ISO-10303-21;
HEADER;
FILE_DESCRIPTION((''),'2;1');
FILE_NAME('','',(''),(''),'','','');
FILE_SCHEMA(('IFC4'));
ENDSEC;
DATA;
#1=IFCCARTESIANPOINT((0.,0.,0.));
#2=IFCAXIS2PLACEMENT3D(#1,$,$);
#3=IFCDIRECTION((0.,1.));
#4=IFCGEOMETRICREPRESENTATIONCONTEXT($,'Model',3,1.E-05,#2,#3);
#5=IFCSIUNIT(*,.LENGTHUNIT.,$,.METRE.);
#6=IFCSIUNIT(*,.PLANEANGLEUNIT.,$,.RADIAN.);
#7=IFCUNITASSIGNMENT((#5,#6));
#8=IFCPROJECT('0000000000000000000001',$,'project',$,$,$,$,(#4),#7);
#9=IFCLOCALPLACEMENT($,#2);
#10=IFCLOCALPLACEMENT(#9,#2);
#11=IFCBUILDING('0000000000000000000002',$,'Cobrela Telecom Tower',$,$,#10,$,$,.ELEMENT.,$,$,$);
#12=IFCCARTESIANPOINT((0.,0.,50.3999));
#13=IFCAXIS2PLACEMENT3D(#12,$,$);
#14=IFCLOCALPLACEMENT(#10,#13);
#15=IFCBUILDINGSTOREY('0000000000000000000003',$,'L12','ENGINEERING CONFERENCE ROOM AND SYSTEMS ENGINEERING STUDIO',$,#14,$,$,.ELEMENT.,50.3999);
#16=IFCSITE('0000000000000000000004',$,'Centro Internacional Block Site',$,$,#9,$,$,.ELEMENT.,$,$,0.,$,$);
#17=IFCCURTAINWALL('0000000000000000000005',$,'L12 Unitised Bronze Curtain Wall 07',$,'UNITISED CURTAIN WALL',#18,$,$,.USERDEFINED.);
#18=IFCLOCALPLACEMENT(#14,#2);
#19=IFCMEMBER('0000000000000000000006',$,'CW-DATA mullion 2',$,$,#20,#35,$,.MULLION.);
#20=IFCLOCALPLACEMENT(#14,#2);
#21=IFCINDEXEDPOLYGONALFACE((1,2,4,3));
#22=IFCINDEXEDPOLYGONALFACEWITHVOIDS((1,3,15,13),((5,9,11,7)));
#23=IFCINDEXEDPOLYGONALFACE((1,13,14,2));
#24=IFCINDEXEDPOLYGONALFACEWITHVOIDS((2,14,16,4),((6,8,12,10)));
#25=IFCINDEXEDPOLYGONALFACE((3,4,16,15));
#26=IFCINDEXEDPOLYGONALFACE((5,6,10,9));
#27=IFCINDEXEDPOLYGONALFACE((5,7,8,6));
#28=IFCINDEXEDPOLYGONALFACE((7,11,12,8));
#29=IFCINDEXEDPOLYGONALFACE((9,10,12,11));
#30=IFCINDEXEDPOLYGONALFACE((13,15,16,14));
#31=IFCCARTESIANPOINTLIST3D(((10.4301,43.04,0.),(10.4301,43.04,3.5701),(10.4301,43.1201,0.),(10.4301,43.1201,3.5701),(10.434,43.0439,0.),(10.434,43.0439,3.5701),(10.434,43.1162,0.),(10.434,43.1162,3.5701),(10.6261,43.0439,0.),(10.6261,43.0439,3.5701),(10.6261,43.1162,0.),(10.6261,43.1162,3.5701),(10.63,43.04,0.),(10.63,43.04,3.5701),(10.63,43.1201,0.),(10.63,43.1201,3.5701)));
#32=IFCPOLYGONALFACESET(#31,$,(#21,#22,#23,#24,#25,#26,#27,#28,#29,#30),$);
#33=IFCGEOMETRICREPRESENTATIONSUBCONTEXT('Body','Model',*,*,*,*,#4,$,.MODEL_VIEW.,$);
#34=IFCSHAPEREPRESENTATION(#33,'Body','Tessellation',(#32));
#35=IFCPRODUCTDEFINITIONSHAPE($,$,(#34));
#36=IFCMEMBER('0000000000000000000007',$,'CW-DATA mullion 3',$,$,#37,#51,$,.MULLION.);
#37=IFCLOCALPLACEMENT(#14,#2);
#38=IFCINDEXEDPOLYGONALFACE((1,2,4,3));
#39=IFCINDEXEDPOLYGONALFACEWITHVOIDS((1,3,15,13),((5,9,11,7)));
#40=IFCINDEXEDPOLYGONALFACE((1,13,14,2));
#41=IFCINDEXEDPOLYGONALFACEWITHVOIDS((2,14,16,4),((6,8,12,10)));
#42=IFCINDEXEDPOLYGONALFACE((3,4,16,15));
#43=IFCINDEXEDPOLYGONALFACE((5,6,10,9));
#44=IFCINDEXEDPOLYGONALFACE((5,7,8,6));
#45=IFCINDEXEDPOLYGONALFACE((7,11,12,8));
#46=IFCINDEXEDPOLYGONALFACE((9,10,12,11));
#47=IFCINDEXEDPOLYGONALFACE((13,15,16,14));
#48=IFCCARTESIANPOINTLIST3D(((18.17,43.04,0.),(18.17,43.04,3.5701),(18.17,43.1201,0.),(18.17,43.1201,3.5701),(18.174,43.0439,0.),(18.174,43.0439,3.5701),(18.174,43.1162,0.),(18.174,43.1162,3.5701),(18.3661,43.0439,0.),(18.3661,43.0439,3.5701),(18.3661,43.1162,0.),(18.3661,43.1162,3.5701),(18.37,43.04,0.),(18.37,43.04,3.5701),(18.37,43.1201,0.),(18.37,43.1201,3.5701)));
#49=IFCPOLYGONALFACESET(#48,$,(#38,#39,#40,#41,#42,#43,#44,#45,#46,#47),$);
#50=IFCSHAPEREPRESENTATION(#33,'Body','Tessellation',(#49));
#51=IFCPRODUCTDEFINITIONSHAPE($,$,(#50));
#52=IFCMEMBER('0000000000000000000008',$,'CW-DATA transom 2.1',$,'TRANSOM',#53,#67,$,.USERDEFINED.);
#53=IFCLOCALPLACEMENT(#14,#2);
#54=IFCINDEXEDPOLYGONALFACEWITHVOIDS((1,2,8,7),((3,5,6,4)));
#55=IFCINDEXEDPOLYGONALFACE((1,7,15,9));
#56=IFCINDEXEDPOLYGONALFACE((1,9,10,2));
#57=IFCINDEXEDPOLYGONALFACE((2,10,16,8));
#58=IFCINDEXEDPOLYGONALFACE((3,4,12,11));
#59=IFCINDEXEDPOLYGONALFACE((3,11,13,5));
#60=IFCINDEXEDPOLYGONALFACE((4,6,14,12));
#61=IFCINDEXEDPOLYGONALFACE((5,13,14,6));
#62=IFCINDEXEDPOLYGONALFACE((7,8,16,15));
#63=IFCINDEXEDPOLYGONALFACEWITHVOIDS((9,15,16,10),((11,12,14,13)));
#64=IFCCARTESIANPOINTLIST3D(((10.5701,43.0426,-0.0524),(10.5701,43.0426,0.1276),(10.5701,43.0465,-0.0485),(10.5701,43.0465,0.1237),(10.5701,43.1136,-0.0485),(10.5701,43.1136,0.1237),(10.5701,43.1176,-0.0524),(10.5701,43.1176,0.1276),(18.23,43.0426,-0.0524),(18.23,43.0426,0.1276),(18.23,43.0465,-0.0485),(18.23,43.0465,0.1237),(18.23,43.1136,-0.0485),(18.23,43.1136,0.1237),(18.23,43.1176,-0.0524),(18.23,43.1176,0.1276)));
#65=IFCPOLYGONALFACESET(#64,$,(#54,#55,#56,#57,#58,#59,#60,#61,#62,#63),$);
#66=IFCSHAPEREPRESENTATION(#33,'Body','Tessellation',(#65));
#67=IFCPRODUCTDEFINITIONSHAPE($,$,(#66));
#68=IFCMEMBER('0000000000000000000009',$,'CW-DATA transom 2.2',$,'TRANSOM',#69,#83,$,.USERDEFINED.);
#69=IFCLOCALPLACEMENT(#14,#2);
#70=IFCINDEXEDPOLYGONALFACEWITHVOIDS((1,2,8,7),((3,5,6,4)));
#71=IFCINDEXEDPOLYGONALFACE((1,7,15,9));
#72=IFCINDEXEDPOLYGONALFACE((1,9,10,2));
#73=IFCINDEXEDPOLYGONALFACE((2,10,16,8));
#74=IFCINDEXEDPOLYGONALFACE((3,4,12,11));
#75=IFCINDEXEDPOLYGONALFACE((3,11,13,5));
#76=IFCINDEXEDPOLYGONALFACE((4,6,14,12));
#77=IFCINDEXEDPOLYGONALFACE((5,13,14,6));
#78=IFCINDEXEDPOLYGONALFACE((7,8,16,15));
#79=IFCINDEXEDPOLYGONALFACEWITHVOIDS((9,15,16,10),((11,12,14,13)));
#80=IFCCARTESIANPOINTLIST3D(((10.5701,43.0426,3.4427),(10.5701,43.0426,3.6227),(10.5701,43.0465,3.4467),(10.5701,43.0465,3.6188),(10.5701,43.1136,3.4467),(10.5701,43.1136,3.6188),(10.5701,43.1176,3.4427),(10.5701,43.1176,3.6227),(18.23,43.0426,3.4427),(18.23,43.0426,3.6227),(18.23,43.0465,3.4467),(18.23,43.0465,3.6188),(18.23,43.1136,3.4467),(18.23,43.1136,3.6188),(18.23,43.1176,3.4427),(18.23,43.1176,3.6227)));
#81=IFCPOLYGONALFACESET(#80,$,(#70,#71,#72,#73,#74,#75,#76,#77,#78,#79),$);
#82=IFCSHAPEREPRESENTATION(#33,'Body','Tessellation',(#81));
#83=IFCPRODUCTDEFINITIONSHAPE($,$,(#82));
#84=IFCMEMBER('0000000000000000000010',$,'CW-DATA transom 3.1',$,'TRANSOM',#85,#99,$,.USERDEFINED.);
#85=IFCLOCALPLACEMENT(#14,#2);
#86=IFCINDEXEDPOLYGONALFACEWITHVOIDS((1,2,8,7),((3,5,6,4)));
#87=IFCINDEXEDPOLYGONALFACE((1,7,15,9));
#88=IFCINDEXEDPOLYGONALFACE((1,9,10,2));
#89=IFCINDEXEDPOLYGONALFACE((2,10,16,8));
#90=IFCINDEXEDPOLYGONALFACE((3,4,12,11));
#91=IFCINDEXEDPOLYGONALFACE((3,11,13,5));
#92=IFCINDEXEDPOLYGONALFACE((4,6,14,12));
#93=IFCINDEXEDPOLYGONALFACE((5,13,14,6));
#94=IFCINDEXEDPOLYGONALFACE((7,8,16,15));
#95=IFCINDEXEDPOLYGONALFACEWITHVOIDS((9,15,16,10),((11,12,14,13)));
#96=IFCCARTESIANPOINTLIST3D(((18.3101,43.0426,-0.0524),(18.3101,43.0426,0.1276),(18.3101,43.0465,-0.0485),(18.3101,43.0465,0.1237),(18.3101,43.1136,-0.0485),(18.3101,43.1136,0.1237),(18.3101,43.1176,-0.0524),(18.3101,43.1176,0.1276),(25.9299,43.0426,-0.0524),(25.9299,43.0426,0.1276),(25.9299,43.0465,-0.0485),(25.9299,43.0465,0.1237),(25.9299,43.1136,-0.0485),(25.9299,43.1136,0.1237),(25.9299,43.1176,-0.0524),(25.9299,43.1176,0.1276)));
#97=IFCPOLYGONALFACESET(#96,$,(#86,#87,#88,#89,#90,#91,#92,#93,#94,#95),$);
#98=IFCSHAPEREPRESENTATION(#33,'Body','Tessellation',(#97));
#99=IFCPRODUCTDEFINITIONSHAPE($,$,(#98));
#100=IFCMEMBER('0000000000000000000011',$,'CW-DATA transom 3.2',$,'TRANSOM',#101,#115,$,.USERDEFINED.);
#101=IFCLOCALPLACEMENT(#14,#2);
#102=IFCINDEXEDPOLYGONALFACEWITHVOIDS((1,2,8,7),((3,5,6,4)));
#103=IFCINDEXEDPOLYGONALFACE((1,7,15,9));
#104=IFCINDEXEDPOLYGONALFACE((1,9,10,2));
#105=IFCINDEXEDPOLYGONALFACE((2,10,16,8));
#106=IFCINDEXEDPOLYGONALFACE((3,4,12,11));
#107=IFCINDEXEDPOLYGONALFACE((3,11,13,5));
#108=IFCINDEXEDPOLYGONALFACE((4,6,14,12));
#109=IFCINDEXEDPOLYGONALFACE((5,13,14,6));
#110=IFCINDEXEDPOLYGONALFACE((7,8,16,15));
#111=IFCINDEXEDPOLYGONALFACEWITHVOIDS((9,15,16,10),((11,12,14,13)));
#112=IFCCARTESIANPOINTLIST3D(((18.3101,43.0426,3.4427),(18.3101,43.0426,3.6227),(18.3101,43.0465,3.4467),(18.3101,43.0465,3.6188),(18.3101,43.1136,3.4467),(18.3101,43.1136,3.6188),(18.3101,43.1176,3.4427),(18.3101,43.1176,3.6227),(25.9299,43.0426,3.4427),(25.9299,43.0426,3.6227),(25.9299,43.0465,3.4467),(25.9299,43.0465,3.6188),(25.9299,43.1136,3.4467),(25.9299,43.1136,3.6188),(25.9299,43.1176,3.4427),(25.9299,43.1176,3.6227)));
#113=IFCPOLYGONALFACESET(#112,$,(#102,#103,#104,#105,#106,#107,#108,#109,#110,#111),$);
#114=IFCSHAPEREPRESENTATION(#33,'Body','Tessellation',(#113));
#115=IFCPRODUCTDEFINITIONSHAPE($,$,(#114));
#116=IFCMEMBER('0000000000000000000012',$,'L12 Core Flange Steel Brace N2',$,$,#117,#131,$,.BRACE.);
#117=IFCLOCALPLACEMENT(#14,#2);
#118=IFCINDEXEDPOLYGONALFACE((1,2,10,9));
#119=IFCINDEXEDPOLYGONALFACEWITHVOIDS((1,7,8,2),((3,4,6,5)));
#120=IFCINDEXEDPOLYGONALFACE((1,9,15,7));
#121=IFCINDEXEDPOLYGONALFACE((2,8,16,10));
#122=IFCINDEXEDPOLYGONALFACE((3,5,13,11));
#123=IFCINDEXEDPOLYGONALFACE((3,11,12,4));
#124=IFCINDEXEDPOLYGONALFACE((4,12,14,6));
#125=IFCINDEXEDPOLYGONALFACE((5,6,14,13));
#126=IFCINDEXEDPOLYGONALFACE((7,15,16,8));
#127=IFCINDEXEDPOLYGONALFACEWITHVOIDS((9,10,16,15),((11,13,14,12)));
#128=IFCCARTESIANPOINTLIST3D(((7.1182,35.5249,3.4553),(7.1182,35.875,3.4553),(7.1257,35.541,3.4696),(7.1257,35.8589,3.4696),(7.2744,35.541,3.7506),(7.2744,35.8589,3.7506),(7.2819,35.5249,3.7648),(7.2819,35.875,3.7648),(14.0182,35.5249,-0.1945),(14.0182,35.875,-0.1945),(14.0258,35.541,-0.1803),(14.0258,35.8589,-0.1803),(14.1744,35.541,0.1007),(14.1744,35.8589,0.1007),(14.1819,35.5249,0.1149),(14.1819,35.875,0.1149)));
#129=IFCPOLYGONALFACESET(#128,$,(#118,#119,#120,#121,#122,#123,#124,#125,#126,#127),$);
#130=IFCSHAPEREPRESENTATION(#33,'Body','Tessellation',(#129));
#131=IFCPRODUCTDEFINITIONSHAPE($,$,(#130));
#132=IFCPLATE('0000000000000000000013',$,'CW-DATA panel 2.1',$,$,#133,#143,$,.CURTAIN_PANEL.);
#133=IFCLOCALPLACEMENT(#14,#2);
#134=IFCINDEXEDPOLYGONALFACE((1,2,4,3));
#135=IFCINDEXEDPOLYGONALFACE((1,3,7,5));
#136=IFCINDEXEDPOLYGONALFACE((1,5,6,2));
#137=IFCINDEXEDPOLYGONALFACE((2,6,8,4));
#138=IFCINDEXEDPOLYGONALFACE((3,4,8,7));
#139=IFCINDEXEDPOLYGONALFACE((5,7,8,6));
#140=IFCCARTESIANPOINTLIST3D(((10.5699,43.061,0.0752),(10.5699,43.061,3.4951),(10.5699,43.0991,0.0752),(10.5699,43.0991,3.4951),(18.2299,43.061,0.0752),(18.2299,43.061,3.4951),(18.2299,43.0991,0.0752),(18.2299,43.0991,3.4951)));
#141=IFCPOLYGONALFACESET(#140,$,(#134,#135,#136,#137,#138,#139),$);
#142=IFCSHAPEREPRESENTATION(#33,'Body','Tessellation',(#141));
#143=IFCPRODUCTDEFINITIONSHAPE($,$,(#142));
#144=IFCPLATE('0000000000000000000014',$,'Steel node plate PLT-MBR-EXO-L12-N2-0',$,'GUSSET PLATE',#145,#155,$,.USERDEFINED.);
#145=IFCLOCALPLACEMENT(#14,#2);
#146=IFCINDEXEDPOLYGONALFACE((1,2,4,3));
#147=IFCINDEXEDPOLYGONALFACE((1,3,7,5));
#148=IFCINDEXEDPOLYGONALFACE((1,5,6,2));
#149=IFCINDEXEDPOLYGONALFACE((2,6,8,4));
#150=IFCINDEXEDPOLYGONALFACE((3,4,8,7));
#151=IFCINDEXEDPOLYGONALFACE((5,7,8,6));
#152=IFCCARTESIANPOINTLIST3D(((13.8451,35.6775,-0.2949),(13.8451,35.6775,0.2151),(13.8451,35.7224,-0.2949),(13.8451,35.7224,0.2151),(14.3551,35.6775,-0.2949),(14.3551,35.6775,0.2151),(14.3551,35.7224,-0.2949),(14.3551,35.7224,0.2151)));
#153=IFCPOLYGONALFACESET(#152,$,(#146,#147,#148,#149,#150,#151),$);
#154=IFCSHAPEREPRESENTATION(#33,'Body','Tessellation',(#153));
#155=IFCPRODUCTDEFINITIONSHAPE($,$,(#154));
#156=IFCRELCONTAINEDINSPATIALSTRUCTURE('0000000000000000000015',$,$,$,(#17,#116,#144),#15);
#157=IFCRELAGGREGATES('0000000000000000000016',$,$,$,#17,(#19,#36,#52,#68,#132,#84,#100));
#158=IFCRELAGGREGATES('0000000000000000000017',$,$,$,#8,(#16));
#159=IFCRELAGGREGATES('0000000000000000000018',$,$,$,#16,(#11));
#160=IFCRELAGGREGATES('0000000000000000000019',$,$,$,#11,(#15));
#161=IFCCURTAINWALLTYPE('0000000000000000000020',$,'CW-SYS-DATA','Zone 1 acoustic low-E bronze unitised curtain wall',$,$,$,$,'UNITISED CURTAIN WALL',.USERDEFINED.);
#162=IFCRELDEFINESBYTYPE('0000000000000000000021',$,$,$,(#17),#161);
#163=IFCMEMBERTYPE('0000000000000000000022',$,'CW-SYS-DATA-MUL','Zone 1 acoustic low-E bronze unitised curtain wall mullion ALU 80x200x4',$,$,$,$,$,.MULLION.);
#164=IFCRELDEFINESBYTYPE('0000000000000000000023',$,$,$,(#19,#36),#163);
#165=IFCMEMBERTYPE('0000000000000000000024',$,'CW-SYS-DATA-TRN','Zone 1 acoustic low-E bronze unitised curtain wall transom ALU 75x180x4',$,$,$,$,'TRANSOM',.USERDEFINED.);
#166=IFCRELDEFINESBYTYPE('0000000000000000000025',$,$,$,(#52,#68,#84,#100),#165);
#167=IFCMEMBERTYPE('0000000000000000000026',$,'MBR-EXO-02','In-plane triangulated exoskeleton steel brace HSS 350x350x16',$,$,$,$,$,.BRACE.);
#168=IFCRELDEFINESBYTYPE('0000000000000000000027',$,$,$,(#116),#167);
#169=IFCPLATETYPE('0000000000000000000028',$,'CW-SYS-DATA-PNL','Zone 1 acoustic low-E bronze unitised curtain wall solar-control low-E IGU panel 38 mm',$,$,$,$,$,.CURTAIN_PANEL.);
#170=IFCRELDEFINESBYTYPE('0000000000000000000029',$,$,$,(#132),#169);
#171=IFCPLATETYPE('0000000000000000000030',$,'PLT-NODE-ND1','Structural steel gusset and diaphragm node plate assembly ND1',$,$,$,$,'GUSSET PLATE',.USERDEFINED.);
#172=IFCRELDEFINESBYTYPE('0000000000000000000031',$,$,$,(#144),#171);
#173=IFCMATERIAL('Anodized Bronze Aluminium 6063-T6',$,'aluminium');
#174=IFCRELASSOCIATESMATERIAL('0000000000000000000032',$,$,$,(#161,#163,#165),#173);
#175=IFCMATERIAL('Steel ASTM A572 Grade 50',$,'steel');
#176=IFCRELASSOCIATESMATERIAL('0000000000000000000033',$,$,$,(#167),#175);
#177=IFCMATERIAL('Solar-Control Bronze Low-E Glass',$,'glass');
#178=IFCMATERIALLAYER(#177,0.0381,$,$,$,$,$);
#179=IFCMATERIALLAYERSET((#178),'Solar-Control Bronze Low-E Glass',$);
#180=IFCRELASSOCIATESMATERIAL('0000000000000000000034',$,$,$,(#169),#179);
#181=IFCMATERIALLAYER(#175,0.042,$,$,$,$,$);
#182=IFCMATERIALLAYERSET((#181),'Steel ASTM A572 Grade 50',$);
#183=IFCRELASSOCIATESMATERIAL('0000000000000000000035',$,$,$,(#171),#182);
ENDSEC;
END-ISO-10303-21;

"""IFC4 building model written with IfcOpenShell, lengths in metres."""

from ifc_helpers import new_model, si_unit, direction, frame, origin, origin_2d, place, context, subcontext, project, spatial, rectangle, hollow_rectangle, extrude, material, layer, layer_set, material_profile, profile_set, type_object, element, aggregate, save


model = new_model("IFC4")

# Units and contexts
model_context = context("Model", 3, precision=1e-05, world=origin(), true_north=direction((0.0, 1.0)))
body_context = subcontext(model_context, "Body", "Model", "MODEL_VIEW")
ifc_project = project(units=[si_unit("LENGTHUNIT", "METRE"), si_unit("PLANEANGLEUNIT", "RADIAN")], contexts=[model_context])

# Site, building, storey
site_placement = place(None, origin())
site = spatial("IfcSite", under=ifc_project, at=site_placement, Name="Centro Internacional Block Site", CompositionType="ELEMENT", RefElevation=0.0)
building_placement = place(site_placement, origin())
building = spatial("IfcBuilding", under=site, at=building_placement, Name="Cobrela Telecom Tower", CompositionType="ELEMENT")
storey_placement = place(building_placement, frame((0.0, 0.0, 50.3999)))
storey = spatial("IfcBuildingStorey", under=building, at=storey_placement, Name="L12", Description="ENGINEERING CONFERENCE ROOM AND SYSTEMS ENGINEERING STUDIO", CompositionType="ELEMENT", Elevation=50.3999)

# Shared definitions
ifc_material_1 = material(Name="Steel ASTM A572 Grade 50", Category="steel")

# Curtain wall, members
ifc_material_2 = material(Name="Anodized Bronze Aluminium 6063-T6", Category="aluminium")
curtain_wall_type = type_object("IfcCurtainWallType", Name="CW-SYS-DATA", Description="Zone 1 acoustic low-E bronze unitised curtain wall", ElementType="UNITISED CURTAIN WALL", PredefinedType="USERDEFINED", material=ifc_material_2)
curtain_wall_placement = place(storey_placement, origin())
curtain_wall = element("IfcCurtainWall", 1, at=curtain_wall_placement, inside=storey, type_object=curtain_wall_type, Name="L12 Unitised Bronze Curtain Wall 07", ObjectType="UNITISED CURTAIN WALL", PredefinedType="USERDEFINED")
ifc_material_profile_1 = material_profile(ifc_material_2, hollow_rectangle(XDim=0.0801, YDim=0.2, WallThickness=0.0039, at=origin_2d()), Name="ALU 80x200x4")
ifc_profile_set_1 = profile_set([ifc_material_profile_1], Name="Anodized Bronze Aluminium 6063-T6")
member_type_1 = type_object("IfcMemberType", Name="CW-SYS-DATA-MUL", Description="Zone 1 acoustic low-E bronze unitised curtain wall mullion ALU 80x200x4", PredefinedType="MULLION", material=ifc_profile_set_1)
member_1_placement = place(storey_placement, frame((10.53, 43.0801, 0.0), z_axis=(0.0, 0.0, 1.0), x_axis=(0.0, 1.0, 0.0)))
member_1 = element("IfcMember", 2, at=member_1_placement, type_object=member_type_1, Name="CW-DATA mullion 2", PredefinedType="MULLION", context=body_context, shape_type="SweptSolid", body=[
    extrude(hollow_rectangle(XDim=0.0801, YDim=0.2, WallThickness=0.0039, at=origin_2d()), origin(), (0.0, 0.0, 1.0), 3.5701),
])
member_2_placement = place(storey_placement, frame((18.27, 43.0801, 0.0), z_axis=(0.0, 0.0, 1.0), x_axis=(0.0, 1.0, 0.0)))
member_2 = element("IfcMember", 3, at=member_2_placement, type_object=member_type_1, Name="CW-DATA mullion 3", PredefinedType="MULLION", context=body_context, shape_type="SweptSolid", body=[
    extrude(hollow_rectangle(XDim=0.0801, YDim=0.2, WallThickness=0.0039, at=origin_2d()), origin(), (0.0, 0.0, 1.0), 3.5701),
])
ifc_material_profile_2 = material_profile(ifc_material_2, hollow_rectangle(XDim=0.075, YDim=0.1799, WallThickness=0.0039, at=origin_2d()), Name="ALU 75x180x4")
ifc_profile_set_2 = profile_set([ifc_material_profile_2], Name="Anodized Bronze Aluminium 6063-T6")
member_type_2 = type_object("IfcMemberType", Name="CW-SYS-DATA-TRN", Description="Zone 1 acoustic low-E bronze unitised curtain wall transom ALU 75x180x4", ElementType="TRANSOM", PredefinedType="USERDEFINED", material=ifc_profile_set_2)
member_3_placement = place(storey_placement, frame((10.5701, 43.0801, 0.0376), z_axis=(1.0, 0.0, 0.0), x_axis=(0.0, 1.0, 0.0)))
member_3 = element("IfcMember", 4, at=member_3_placement, type_object=member_type_2, Name="CW-DATA transom 2.1", ObjectType="TRANSOM", PredefinedType="USERDEFINED", context=body_context, shape_type="SweptSolid", body=[
    extrude(hollow_rectangle(XDim=0.075, YDim=0.1799, WallThickness=0.0039, at=origin_2d()), origin(), (0.0, 0.0, 1.0), 7.6599),
])
member_4_placement = place(storey_placement, frame((10.5701, 43.0801, 3.5327), z_axis=(1.0, 0.0, 0.0), x_axis=(0.0, 1.0, 0.0)))
member_4 = element("IfcMember", 5, at=member_4_placement, type_object=member_type_2, Name="CW-DATA transom 2.2", ObjectType="TRANSOM", PredefinedType="USERDEFINED", context=body_context, shape_type="SweptSolid", body=[
    extrude(hollow_rectangle(XDim=0.075, YDim=0.1799, WallThickness=0.0039, at=origin_2d()), origin(), (0.0, 0.0, 1.0), 7.6599),
])
member_5_placement = place(storey_placement, frame((18.3101, 43.0801, 0.0376), z_axis=(1.0, 0.0, 0.0), x_axis=(0.0, 1.0, 0.0)))
member_5 = element("IfcMember", 6, at=member_5_placement, type_object=member_type_2, Name="CW-DATA transom 3.1", ObjectType="TRANSOM", PredefinedType="USERDEFINED", context=body_context, shape_type="SweptSolid", body=[
    extrude(hollow_rectangle(XDim=0.075, YDim=0.1799, WallThickness=0.0039, at=origin_2d()), origin(), (0.0, 0.0, 1.0), 7.6199),
])
member_6_placement = place(storey_placement, frame((18.3101, 43.0801, 3.5327), z_axis=(1.0, 0.0, 0.0), x_axis=(0.0, 1.0, 0.0)))
member_6 = element("IfcMember", 7, at=member_6_placement, type_object=member_type_2, Name="CW-DATA transom 3.2", ObjectType="TRANSOM", PredefinedType="USERDEFINED", context=body_context, shape_type="SweptSolid", body=[
    extrude(hollow_rectangle(XDim=0.075, YDim=0.1799, WallThickness=0.0039, at=origin_2d()), origin(), (0.0, 0.0, 1.0), 7.6199),
])

# Member
ifc_material_profile_3 = material_profile(ifc_material_1, hollow_rectangle(XDim=0.3501, YDim=0.3501, WallThickness=0.0161, at=origin_2d()), Name="HSS 350x350x16")
ifc_profile_set_3 = profile_set([ifc_material_profile_3], Name="Steel ASTM A572 Grade 50")
member_type_3 = type_object("IfcMemberType", Name="MBR-EXO-02", Description="In-plane triangulated exoskeleton steel brace HSS 350x350x16", PredefinedType="BRACE", material=ifc_profile_set_3)
member_7_placement = place(storey_placement, frame((14.1001, 35.7, -0.0398), z_axis=(-0.883953, 0.0, 0.467576), x_axis=(0.0, -1.0, 0.0)))
element("IfcMember", 8, at=member_7_placement, inside=storey, type_object=member_type_3, Name="L12 Core Flange Steel Brace N2", PredefinedType="BRACE", context=body_context, shape_type="SweptSolid", body=[
    extrude(hollow_rectangle(XDim=0.3501, YDim=0.3501, WallThickness=0.0161, at=origin_2d()), origin(), (0.0, 0.0, 1.0), 7.8059),
])

# Plates
ifc_material_3 = material(Name="Solar-Control Bronze Low-E Glass", Category="glass")
ifc_layer_1 = layer(ifc_material_3, 0.0381)
ifc_layer_set_1 = layer_set([ifc_layer_1], Name="Solar-Control Bronze Low-E Glass")
plate_type_1 = type_object("IfcPlateType", Name="CW-SYS-DATA-PNL", Description="Zone 1 acoustic low-E bronze unitised curtain wall solar-control low-E IGU panel 38 mm", PredefinedType="CURTAIN_PANEL", material=ifc_layer_set_1)
plate_1_placement = place(storey_placement, frame((14.3999, 43.0801, 0.0752), z_axis=(0.0, 0.0, 1.0), x_axis=(1.0, 0.0, 0.0)))
plate_1 = element("IfcPlate", 9, at=plate_1_placement, type_object=plate_type_1, Name="CW-DATA panel 2.1", PredefinedType="CURTAIN_PANEL", context=body_context, shape_type="SweptSolid", body=[
    extrude(rectangle(XDim=7.6599, YDim=0.0381, at=origin_2d()), origin(), (0.0, 0.0, 1.0), 3.4199),
])
aggregate(curtain_wall, [member_1, member_2, member_3, member_4, plate_1, member_5, member_6])
ifc_layer_2 = layer(ifc_material_1, 0.042)
ifc_layer_set_2 = layer_set([ifc_layer_2], Name="Steel ASTM A572 Grade 50")
plate_type_2 = type_object("IfcPlateType", Name="PLT-NODE-ND1", Description="Structural steel gusset and diaphragm node plate assembly ND1", ElementType="GUSSET PLATE", PredefinedType="USERDEFINED", material=ifc_layer_set_2)
plate_2_placement = place(storey_placement, frame((14.1001, 35.7, -0.2949), z_axis=(0.0, 0.0, 1.0), x_axis=(-1.0, 0.0, 0.0)))
element("IfcPlate", 10, at=plate_2_placement, inside=storey, type_object=plate_type_2, Name="Steel node plate PLT-MBR-EXO-L12-N2-0", ObjectType="GUSSET PLATE", PredefinedType="USERDEFINED", context=body_context, shape_type="SweptSolid", body=[
    extrude(rectangle(XDim=0.51, YDim=0.0449, at=origin_2d()), origin(), (0.0, 0.0, 1.0), 0.51),
])

save(model, "model.ifc")
